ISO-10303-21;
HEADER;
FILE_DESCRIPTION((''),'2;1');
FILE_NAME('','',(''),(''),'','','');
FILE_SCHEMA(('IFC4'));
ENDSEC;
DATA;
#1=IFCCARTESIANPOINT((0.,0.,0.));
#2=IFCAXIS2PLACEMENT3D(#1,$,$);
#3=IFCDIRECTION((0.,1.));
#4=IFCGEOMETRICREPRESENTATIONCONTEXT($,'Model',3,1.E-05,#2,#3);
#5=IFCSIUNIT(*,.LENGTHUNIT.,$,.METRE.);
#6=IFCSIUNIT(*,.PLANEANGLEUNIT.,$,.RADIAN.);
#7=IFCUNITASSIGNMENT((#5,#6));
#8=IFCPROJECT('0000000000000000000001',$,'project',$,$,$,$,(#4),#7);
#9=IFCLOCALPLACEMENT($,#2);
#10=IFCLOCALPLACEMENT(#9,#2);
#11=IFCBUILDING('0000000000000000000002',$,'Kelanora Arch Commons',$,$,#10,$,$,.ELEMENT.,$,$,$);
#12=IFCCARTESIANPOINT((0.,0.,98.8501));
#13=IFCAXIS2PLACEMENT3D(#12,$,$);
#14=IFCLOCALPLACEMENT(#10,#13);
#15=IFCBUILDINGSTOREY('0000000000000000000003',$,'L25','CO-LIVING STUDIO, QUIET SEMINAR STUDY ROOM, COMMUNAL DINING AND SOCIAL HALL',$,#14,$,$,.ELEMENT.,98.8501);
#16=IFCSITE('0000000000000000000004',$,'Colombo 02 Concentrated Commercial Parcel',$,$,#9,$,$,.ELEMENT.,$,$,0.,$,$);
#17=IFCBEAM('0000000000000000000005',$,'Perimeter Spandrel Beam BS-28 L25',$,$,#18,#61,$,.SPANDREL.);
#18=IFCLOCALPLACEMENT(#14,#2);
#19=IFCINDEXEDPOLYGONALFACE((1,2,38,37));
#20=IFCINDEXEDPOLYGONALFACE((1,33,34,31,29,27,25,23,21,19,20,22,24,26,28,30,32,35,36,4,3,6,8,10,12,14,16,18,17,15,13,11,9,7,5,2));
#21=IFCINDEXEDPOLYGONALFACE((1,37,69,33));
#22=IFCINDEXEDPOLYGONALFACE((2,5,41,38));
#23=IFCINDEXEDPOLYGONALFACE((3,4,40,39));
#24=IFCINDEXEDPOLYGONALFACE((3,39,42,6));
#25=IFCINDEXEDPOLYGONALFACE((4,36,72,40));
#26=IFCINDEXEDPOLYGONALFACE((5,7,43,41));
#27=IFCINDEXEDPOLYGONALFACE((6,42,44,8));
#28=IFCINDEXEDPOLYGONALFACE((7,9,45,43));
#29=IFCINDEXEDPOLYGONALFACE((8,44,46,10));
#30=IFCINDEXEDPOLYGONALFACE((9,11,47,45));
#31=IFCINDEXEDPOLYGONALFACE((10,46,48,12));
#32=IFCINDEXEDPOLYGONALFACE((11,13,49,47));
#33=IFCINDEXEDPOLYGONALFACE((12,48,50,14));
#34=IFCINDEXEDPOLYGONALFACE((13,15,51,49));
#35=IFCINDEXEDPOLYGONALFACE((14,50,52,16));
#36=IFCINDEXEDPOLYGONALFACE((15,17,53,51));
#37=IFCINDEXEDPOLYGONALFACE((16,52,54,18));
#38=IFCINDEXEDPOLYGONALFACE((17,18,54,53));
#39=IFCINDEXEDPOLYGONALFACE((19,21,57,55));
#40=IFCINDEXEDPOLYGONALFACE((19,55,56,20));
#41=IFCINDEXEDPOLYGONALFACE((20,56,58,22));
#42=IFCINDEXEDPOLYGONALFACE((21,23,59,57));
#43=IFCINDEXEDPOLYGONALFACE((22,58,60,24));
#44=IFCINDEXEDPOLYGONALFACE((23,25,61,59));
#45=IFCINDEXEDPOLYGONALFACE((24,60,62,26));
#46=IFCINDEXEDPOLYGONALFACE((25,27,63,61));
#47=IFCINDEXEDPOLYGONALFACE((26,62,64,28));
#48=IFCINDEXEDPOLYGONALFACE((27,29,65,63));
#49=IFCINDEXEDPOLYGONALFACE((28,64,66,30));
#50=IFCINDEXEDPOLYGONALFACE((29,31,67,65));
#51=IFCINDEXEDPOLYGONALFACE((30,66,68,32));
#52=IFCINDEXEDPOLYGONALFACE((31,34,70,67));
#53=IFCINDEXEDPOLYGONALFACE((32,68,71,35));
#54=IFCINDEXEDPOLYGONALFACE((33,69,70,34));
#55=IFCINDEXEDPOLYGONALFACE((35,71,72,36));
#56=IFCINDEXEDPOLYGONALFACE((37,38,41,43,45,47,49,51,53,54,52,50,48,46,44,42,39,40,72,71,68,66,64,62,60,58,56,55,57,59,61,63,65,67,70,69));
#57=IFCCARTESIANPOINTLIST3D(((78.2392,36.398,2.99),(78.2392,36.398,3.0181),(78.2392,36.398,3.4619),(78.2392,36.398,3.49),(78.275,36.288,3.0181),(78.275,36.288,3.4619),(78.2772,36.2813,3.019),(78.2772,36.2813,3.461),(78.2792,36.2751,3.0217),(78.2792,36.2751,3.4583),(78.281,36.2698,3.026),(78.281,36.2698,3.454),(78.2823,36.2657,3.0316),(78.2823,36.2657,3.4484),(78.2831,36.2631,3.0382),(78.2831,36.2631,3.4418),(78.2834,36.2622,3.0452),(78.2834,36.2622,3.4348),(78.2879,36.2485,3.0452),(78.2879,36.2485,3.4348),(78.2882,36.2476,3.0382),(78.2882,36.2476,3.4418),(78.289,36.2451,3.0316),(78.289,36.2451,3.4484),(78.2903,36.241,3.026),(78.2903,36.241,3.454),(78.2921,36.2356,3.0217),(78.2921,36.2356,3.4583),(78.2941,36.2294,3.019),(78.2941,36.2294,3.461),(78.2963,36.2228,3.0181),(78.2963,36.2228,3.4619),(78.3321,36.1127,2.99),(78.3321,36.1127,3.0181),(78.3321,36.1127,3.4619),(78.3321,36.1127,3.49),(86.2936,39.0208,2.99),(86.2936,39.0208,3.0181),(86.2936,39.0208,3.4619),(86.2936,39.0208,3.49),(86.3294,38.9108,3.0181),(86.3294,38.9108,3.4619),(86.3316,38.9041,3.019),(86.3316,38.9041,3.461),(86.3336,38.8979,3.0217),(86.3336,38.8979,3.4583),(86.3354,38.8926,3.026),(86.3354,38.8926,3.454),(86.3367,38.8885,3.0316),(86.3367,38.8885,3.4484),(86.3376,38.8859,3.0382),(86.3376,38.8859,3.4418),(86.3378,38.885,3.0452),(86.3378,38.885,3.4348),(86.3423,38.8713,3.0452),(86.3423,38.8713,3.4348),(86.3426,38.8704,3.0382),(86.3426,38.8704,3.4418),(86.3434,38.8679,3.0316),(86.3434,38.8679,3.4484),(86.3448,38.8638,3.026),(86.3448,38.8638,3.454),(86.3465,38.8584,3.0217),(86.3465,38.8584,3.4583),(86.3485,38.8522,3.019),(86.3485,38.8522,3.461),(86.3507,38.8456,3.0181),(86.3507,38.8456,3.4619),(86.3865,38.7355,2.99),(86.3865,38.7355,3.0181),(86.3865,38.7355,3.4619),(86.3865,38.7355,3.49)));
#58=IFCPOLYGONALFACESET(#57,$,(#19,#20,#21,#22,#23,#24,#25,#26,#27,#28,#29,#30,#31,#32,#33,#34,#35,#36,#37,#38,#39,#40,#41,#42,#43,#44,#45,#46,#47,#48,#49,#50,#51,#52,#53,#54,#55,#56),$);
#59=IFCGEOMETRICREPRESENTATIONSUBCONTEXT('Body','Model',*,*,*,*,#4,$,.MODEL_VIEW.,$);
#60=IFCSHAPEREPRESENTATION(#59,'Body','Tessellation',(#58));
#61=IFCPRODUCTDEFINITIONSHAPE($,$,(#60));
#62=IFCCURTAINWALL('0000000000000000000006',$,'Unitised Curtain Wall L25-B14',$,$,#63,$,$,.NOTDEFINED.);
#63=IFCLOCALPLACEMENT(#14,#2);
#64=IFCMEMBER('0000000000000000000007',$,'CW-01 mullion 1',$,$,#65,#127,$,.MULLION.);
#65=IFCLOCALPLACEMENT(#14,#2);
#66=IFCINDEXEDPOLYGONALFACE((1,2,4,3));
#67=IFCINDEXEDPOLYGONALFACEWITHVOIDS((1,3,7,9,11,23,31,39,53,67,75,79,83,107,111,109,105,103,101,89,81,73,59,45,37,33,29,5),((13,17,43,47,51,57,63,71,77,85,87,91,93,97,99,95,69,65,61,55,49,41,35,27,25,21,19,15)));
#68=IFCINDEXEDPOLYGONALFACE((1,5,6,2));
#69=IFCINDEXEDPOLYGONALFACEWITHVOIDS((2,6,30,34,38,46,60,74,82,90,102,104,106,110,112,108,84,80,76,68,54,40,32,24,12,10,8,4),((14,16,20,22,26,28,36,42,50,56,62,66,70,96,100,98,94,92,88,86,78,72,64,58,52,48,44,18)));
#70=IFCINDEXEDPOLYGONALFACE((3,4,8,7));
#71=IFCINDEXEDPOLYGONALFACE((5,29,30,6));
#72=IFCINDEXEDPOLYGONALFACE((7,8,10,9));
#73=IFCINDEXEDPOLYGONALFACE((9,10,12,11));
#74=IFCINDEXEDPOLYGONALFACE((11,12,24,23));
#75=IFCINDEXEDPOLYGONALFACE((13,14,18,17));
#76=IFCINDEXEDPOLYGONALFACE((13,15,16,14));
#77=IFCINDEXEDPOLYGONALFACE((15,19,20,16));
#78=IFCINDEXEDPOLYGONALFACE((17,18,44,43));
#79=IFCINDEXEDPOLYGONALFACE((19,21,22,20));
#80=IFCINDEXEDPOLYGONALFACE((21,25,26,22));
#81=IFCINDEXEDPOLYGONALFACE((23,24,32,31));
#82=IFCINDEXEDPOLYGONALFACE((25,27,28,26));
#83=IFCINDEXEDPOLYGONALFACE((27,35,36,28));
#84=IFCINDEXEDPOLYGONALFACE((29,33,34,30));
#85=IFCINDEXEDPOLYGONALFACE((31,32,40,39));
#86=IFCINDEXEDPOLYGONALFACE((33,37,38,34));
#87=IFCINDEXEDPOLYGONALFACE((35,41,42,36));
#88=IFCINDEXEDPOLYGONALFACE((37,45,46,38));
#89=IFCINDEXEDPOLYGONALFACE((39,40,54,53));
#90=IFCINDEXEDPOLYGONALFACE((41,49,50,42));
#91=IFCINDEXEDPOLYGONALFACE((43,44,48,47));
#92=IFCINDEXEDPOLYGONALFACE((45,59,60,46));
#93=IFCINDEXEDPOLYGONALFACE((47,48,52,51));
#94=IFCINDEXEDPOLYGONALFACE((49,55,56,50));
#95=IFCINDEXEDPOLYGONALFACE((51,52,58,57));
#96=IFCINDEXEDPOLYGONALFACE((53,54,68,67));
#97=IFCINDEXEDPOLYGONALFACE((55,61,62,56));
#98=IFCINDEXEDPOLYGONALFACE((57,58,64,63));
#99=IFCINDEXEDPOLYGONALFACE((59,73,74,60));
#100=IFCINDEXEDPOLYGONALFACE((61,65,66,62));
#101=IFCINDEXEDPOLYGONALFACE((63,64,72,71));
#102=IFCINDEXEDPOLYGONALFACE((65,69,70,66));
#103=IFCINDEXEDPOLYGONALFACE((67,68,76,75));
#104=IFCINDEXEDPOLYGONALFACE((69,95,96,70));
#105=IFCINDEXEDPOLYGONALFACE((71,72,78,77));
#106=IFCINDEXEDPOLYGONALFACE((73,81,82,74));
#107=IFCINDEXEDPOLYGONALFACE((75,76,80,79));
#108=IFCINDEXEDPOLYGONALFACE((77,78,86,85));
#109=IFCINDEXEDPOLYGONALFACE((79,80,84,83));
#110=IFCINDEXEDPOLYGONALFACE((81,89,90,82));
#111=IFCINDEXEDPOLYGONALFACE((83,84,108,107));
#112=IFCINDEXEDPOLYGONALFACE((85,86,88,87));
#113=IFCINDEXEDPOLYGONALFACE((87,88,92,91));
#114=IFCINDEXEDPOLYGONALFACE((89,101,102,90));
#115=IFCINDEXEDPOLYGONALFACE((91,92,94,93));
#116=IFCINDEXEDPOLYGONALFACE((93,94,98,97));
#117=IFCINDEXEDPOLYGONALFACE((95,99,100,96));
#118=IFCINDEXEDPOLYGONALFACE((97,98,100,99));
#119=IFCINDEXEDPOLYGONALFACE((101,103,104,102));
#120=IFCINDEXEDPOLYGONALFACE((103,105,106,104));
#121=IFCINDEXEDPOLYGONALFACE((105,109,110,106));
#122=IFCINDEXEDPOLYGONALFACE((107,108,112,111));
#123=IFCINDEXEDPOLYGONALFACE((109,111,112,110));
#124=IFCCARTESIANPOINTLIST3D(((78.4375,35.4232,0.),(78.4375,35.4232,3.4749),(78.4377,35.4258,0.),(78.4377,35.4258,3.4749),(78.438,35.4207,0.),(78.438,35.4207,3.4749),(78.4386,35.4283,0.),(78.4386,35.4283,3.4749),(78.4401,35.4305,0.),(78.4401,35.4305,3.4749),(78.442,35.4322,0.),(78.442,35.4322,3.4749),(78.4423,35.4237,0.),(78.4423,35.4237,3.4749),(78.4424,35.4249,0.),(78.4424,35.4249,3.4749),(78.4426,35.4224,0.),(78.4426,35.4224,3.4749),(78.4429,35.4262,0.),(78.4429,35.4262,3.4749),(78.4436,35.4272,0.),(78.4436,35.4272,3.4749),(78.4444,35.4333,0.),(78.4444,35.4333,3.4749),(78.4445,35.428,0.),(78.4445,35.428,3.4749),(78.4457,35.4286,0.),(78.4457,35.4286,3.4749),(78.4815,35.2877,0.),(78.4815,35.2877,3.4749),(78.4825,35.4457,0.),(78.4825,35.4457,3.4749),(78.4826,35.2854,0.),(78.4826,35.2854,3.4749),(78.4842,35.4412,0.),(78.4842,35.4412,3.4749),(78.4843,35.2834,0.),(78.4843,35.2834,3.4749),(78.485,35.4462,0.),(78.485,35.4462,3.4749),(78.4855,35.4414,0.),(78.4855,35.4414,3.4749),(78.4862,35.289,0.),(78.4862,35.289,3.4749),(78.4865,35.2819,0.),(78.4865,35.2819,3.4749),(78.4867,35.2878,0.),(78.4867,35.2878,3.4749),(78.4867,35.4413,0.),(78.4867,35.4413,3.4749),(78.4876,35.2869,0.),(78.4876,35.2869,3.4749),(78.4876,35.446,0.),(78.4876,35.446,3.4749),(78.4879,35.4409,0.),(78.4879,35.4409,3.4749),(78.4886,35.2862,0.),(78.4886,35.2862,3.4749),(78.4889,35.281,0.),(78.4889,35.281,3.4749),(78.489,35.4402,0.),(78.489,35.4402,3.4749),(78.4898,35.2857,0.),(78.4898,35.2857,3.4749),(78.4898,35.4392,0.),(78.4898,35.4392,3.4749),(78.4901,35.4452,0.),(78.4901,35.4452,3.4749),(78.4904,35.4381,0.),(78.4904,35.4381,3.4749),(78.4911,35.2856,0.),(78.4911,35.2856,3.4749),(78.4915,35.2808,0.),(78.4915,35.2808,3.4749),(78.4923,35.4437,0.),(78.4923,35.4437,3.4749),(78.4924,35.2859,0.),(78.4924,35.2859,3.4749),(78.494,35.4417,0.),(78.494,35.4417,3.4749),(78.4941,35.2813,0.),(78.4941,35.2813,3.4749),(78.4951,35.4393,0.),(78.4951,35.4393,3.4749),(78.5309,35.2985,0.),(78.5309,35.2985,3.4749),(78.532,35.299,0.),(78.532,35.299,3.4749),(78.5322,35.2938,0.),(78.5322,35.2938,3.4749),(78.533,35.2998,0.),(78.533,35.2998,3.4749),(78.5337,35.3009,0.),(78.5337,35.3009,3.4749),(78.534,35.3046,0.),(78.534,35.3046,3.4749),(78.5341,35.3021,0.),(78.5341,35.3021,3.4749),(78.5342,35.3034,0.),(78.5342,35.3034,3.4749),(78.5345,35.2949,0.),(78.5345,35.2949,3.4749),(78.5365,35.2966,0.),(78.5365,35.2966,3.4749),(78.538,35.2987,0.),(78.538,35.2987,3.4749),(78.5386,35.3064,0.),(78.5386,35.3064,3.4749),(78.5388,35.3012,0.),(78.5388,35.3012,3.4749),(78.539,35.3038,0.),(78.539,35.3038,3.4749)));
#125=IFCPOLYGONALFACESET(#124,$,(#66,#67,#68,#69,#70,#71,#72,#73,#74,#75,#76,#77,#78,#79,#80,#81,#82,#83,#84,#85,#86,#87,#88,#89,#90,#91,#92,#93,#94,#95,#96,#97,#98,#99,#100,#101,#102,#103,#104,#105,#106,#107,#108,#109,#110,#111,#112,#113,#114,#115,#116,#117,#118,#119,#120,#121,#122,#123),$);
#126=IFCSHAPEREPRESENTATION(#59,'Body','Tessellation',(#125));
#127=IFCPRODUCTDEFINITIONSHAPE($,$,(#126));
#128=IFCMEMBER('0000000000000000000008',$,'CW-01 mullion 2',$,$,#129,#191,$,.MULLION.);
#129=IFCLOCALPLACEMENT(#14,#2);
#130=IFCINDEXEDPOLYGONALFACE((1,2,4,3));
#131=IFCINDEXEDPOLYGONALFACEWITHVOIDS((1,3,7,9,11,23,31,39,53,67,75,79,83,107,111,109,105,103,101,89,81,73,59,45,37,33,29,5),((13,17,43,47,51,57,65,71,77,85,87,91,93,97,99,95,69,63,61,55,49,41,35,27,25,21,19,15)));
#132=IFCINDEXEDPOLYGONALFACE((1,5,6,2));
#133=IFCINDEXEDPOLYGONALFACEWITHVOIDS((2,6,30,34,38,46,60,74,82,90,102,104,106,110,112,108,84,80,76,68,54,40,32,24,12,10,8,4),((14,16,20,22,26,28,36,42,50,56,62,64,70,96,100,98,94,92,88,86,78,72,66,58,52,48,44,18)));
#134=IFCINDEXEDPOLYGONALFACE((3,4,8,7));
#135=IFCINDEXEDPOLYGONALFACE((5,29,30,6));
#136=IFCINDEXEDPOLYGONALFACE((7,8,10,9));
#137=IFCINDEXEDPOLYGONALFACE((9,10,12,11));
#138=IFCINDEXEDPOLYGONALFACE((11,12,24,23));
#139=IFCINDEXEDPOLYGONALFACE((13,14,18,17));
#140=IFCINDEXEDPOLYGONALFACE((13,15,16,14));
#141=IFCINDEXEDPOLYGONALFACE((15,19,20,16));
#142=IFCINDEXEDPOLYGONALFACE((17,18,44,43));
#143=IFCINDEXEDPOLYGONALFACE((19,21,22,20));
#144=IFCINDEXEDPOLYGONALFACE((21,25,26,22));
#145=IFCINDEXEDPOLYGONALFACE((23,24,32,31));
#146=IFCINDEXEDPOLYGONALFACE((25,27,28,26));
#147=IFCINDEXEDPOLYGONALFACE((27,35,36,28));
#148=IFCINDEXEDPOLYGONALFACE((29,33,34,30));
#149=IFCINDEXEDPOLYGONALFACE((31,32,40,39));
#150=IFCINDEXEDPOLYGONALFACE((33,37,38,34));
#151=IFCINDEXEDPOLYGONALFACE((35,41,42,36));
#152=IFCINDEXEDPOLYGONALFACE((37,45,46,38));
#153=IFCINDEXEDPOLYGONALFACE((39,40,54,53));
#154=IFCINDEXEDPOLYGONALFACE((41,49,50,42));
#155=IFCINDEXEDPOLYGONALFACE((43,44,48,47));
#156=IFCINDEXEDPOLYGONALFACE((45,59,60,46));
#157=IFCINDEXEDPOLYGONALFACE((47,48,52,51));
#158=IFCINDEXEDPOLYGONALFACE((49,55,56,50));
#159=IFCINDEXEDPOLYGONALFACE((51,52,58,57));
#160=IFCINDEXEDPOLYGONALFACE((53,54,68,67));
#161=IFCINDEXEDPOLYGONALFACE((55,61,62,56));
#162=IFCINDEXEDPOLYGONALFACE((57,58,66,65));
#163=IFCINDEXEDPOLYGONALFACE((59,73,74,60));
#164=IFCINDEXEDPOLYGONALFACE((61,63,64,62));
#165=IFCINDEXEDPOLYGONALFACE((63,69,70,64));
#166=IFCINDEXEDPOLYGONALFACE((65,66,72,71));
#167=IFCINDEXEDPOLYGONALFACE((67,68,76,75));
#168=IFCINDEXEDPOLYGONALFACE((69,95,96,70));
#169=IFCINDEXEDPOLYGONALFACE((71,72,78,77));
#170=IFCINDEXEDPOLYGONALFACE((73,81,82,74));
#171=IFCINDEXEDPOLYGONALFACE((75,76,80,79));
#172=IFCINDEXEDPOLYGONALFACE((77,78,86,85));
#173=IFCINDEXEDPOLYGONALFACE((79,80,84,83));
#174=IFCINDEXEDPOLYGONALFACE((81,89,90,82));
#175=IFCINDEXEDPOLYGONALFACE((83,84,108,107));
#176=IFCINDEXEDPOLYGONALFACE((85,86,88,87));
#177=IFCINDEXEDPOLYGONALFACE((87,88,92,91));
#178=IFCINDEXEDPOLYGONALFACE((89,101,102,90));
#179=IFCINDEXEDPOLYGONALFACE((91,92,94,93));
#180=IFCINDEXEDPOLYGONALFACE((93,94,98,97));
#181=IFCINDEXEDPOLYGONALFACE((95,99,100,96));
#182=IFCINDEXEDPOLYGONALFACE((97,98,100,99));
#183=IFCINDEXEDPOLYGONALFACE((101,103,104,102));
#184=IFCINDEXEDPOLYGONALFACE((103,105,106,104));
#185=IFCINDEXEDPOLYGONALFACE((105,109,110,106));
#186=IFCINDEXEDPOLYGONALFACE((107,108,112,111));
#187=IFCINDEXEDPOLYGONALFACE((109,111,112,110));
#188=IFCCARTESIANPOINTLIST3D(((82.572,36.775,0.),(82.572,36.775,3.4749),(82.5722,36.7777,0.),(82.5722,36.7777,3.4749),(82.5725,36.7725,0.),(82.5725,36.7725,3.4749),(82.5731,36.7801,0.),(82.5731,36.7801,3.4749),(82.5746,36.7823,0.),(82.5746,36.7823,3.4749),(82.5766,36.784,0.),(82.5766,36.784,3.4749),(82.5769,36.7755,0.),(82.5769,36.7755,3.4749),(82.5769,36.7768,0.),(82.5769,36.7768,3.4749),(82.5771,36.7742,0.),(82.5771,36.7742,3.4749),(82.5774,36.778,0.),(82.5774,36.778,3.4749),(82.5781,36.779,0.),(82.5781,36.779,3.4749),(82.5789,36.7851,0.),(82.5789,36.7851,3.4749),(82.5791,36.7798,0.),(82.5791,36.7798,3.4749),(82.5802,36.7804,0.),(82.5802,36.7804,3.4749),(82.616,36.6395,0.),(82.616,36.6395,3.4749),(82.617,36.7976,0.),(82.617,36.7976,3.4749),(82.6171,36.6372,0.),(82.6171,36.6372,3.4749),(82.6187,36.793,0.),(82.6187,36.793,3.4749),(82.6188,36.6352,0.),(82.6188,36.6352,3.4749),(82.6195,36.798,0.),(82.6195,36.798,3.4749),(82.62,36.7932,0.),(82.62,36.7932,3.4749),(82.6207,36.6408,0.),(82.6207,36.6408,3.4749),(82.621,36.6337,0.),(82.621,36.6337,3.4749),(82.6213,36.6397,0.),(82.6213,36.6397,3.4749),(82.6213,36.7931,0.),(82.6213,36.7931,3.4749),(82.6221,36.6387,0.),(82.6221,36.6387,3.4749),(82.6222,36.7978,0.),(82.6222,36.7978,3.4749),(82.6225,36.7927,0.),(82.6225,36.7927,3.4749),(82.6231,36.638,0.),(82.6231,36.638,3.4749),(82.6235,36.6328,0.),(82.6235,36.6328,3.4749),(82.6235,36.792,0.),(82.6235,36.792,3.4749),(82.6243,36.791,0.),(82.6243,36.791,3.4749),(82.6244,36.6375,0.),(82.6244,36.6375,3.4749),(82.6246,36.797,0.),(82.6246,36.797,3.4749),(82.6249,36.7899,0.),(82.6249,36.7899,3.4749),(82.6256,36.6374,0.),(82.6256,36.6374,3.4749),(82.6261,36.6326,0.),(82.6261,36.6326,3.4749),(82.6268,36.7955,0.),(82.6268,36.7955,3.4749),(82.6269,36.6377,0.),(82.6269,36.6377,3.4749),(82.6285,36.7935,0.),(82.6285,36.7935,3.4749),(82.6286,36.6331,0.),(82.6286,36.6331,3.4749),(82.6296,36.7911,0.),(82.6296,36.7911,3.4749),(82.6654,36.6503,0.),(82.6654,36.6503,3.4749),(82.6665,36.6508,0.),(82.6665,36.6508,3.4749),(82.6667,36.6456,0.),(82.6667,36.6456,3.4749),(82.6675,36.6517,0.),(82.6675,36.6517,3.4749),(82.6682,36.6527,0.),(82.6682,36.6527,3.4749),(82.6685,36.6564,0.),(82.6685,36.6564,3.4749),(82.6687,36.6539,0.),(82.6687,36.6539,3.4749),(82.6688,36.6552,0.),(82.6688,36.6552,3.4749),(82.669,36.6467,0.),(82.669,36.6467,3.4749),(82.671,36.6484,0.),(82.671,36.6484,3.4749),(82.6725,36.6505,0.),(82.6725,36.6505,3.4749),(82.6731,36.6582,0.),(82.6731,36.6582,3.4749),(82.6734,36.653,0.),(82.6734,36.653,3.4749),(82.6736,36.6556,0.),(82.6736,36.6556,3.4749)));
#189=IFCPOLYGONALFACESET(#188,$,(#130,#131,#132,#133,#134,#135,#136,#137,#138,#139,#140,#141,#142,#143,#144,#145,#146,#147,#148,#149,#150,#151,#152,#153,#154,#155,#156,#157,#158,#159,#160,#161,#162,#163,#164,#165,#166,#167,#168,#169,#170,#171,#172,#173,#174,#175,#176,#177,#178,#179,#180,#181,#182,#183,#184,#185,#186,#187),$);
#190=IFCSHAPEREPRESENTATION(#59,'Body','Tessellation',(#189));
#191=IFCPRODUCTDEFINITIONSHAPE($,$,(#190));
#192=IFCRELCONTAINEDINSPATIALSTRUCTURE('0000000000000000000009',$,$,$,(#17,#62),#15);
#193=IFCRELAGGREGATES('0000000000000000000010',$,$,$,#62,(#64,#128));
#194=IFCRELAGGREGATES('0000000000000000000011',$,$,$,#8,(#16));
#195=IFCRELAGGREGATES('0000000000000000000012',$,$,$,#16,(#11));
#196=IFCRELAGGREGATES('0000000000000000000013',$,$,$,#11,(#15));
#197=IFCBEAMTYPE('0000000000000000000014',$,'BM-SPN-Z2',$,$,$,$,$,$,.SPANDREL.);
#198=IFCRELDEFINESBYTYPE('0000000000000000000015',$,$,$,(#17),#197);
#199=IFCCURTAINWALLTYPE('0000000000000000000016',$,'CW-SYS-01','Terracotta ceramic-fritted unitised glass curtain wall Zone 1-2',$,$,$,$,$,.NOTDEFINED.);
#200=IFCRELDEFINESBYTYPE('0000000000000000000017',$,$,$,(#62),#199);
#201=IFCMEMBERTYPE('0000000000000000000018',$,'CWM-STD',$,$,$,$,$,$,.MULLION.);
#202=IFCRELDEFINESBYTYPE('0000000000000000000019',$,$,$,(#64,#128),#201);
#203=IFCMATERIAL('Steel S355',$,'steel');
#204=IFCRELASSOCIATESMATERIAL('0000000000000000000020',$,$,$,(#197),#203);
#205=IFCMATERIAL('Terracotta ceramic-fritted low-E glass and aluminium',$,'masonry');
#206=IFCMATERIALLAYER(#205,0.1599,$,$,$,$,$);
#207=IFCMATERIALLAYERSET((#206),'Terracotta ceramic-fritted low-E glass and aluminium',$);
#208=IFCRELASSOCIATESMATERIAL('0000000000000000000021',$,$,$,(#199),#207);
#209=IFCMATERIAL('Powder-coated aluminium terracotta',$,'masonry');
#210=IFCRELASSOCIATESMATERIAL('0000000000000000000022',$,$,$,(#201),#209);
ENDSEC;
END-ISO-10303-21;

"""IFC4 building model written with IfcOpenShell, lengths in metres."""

from ifc_helpers import new_model, si_unit, direction, frame, origin, origin_2d, place, context, subcontext, project, spatial, hollow_rectangle, i_section, extrude, material, layer, layer_set, material_profile, profile_set, type_object, element, aggregate, save


model = new_model("IFC4")

# Units and contexts
model_context = context("Model", 3, precision=1e-05, world=origin(), true_north=direction((0.0, 1.0)))
body_context = subcontext(model_context, "Body", "Model", "MODEL_VIEW")
ifc_project = project(units=[si_unit("LENGTHUNIT", "METRE"), si_unit("PLANEANGLEUNIT", "RADIAN")], contexts=[model_context])

# Site, building, storey
site_placement = place(None, origin())
site = spatial("IfcSite", under=ifc_project, at=site_placement, Name="Colombo 02 Concentrated Commercial Parcel", CompositionType="ELEMENT", RefElevation=0.0)
building_placement = place(site_placement, origin())
building = spatial("IfcBuilding", under=site, at=building_placement, Name="Kelanora Arch Commons", CompositionType="ELEMENT")
storey_placement = place(building_placement, frame((0.0, 0.0, 98.8501)))
storey = spatial("IfcBuildingStorey", under=building, at=storey_placement, Name="L25", Description="CO-LIVING STUDIO, QUIET SEMINAR STUDY ROOM, COMMUNAL DINING AND SOCIAL HALL", CompositionType="ELEMENT", Elevation=98.8501)

# Beam
ifc_material_1 = material(Name="Steel S355", Category="steel")
ifc_material_profile_1 = material_profile(ifc_material_1, i_section(OverallWidth=0.3, OverallDepth=0.5, WebThickness=0.0144, FlangeThickness=0.0281, FilletRadius=0.0271, at=origin_2d()), Name="HEB500")
ifc_profile_set_1 = profile_set([ifc_material_profile_1], Name="Steel S355")
beam_type_1 = type_object("IfcBeamType", Name="BM-SPN-Z2", PredefinedType="SPANDREL", material=ifc_profile_set_1)
beam_1_placement = place(storey_placement, frame((78.2856, 36.2554, 3.24), z_axis=(0.950857, 0.309631, 0.0), x_axis=(-0.309631, 0.950857, 0.0)))
element("IfcBeam", 1, at=beam_1_placement, inside=storey, type_object=beam_type_1, Name="Perimeter Spandrel Beam BS-28 L25", PredefinedType="SPANDREL", context=body_context, shape_type="SweptSolid", body=[
    extrude(i_section(OverallWidth=0.3, OverallDepth=0.5, WebThickness=0.0144, FlangeThickness=0.0281, FilletRadius=0.0271, at=origin_2d()), origin(), (0.0, 0.0, 1.0), 8.4707),
])

# Curtain wall, members
ifc_material_2 = material(Name="Terracotta ceramic-fritted low-E glass and aluminium", Category="masonry")
ifc_layer_1 = layer(ifc_material_2, 0.1599)
ifc_layer_set_1 = layer_set([ifc_layer_1], Name="Terracotta ceramic-fritted low-E glass and aluminium")
curtain_wall_type = type_object("IfcCurtainWallType", Name="CW-SYS-01", Description="Terracotta ceramic-fritted unitised glass curtain wall Zone 1-2", PredefinedType="NOTDEFINED", material=ifc_layer_set_1)
curtain_wall_placement = place(storey_placement, origin())
curtain_wall = element("IfcCurtainWall", 2, at=curtain_wall_placement, inside=storey, type_object=curtain_wall_type, Name="Unitised Curtain Wall L25-B14", PredefinedType="NOTDEFINED")
ifc_material_3 = material(Name="Powder-coated aluminium terracotta", Category="masonry")
ifc_material_profile_2 = material_profile(ifc_material_3, hollow_rectangle(XDim=0.1599, YDim=0.0601, WallThickness=0.0049, InnerFilletRadius=0.0049, OuterFilletRadius=0.01, at=origin_2d()), Name="CWM160x60")
ifc_profile_set_2 = profile_set([ifc_material_profile_2], Name="Powder-coated aluminium terracotta")
member_type_1 = type_object("IfcMemberType", Name="CWM-STD", PredefinedType="MULLION", material=ifc_profile_set_2)
member_1_placement = place(storey_placement, frame((78.4883, 35.3635, 0.0), z_axis=(0.0, 0.0, 1.0), x_axis=(-0.310805, 0.950474, 0.0)))
member_1 = element("IfcMember", 3, at=member_1_placement, type_object=member_type_1, Name="CW-01 mullion 1", PredefinedType="MULLION", context=body_context, shape_type="SweptSolid", body=[
    extrude(hollow_rectangle(XDim=0.1599, YDim=0.0601, WallThickness=0.0049, InnerFilletRadius=0.0049, OuterFilletRadius=0.01, at=origin_2d()), origin(), (0.0, 0.0, 1.0), 3.4749),
])
member_2_placement = place(storey_placement, frame((82.6228, 36.7153, 0.0), z_axis=(0.0, 0.0, 1.0), x_axis=(-0.310805, 0.950474, 0.0)))
member_2 = element("IfcMember", 4, at=member_2_placement, type_object=member_type_1, Name="CW-01 mullion 2", PredefinedType="MULLION", context=body_context, shape_type="SweptSolid", body=[
    extrude(hollow_rectangle(XDim=0.1599, YDim=0.0601, WallThickness=0.0049, InnerFilletRadius=0.0049, OuterFilletRadius=0.01, at=origin_2d()), origin(), (0.0, 0.0, 1.0), 3.4749),
])
aggregate(curtain_wall, [member_1, member_2])

save(model, "model.ifc")
